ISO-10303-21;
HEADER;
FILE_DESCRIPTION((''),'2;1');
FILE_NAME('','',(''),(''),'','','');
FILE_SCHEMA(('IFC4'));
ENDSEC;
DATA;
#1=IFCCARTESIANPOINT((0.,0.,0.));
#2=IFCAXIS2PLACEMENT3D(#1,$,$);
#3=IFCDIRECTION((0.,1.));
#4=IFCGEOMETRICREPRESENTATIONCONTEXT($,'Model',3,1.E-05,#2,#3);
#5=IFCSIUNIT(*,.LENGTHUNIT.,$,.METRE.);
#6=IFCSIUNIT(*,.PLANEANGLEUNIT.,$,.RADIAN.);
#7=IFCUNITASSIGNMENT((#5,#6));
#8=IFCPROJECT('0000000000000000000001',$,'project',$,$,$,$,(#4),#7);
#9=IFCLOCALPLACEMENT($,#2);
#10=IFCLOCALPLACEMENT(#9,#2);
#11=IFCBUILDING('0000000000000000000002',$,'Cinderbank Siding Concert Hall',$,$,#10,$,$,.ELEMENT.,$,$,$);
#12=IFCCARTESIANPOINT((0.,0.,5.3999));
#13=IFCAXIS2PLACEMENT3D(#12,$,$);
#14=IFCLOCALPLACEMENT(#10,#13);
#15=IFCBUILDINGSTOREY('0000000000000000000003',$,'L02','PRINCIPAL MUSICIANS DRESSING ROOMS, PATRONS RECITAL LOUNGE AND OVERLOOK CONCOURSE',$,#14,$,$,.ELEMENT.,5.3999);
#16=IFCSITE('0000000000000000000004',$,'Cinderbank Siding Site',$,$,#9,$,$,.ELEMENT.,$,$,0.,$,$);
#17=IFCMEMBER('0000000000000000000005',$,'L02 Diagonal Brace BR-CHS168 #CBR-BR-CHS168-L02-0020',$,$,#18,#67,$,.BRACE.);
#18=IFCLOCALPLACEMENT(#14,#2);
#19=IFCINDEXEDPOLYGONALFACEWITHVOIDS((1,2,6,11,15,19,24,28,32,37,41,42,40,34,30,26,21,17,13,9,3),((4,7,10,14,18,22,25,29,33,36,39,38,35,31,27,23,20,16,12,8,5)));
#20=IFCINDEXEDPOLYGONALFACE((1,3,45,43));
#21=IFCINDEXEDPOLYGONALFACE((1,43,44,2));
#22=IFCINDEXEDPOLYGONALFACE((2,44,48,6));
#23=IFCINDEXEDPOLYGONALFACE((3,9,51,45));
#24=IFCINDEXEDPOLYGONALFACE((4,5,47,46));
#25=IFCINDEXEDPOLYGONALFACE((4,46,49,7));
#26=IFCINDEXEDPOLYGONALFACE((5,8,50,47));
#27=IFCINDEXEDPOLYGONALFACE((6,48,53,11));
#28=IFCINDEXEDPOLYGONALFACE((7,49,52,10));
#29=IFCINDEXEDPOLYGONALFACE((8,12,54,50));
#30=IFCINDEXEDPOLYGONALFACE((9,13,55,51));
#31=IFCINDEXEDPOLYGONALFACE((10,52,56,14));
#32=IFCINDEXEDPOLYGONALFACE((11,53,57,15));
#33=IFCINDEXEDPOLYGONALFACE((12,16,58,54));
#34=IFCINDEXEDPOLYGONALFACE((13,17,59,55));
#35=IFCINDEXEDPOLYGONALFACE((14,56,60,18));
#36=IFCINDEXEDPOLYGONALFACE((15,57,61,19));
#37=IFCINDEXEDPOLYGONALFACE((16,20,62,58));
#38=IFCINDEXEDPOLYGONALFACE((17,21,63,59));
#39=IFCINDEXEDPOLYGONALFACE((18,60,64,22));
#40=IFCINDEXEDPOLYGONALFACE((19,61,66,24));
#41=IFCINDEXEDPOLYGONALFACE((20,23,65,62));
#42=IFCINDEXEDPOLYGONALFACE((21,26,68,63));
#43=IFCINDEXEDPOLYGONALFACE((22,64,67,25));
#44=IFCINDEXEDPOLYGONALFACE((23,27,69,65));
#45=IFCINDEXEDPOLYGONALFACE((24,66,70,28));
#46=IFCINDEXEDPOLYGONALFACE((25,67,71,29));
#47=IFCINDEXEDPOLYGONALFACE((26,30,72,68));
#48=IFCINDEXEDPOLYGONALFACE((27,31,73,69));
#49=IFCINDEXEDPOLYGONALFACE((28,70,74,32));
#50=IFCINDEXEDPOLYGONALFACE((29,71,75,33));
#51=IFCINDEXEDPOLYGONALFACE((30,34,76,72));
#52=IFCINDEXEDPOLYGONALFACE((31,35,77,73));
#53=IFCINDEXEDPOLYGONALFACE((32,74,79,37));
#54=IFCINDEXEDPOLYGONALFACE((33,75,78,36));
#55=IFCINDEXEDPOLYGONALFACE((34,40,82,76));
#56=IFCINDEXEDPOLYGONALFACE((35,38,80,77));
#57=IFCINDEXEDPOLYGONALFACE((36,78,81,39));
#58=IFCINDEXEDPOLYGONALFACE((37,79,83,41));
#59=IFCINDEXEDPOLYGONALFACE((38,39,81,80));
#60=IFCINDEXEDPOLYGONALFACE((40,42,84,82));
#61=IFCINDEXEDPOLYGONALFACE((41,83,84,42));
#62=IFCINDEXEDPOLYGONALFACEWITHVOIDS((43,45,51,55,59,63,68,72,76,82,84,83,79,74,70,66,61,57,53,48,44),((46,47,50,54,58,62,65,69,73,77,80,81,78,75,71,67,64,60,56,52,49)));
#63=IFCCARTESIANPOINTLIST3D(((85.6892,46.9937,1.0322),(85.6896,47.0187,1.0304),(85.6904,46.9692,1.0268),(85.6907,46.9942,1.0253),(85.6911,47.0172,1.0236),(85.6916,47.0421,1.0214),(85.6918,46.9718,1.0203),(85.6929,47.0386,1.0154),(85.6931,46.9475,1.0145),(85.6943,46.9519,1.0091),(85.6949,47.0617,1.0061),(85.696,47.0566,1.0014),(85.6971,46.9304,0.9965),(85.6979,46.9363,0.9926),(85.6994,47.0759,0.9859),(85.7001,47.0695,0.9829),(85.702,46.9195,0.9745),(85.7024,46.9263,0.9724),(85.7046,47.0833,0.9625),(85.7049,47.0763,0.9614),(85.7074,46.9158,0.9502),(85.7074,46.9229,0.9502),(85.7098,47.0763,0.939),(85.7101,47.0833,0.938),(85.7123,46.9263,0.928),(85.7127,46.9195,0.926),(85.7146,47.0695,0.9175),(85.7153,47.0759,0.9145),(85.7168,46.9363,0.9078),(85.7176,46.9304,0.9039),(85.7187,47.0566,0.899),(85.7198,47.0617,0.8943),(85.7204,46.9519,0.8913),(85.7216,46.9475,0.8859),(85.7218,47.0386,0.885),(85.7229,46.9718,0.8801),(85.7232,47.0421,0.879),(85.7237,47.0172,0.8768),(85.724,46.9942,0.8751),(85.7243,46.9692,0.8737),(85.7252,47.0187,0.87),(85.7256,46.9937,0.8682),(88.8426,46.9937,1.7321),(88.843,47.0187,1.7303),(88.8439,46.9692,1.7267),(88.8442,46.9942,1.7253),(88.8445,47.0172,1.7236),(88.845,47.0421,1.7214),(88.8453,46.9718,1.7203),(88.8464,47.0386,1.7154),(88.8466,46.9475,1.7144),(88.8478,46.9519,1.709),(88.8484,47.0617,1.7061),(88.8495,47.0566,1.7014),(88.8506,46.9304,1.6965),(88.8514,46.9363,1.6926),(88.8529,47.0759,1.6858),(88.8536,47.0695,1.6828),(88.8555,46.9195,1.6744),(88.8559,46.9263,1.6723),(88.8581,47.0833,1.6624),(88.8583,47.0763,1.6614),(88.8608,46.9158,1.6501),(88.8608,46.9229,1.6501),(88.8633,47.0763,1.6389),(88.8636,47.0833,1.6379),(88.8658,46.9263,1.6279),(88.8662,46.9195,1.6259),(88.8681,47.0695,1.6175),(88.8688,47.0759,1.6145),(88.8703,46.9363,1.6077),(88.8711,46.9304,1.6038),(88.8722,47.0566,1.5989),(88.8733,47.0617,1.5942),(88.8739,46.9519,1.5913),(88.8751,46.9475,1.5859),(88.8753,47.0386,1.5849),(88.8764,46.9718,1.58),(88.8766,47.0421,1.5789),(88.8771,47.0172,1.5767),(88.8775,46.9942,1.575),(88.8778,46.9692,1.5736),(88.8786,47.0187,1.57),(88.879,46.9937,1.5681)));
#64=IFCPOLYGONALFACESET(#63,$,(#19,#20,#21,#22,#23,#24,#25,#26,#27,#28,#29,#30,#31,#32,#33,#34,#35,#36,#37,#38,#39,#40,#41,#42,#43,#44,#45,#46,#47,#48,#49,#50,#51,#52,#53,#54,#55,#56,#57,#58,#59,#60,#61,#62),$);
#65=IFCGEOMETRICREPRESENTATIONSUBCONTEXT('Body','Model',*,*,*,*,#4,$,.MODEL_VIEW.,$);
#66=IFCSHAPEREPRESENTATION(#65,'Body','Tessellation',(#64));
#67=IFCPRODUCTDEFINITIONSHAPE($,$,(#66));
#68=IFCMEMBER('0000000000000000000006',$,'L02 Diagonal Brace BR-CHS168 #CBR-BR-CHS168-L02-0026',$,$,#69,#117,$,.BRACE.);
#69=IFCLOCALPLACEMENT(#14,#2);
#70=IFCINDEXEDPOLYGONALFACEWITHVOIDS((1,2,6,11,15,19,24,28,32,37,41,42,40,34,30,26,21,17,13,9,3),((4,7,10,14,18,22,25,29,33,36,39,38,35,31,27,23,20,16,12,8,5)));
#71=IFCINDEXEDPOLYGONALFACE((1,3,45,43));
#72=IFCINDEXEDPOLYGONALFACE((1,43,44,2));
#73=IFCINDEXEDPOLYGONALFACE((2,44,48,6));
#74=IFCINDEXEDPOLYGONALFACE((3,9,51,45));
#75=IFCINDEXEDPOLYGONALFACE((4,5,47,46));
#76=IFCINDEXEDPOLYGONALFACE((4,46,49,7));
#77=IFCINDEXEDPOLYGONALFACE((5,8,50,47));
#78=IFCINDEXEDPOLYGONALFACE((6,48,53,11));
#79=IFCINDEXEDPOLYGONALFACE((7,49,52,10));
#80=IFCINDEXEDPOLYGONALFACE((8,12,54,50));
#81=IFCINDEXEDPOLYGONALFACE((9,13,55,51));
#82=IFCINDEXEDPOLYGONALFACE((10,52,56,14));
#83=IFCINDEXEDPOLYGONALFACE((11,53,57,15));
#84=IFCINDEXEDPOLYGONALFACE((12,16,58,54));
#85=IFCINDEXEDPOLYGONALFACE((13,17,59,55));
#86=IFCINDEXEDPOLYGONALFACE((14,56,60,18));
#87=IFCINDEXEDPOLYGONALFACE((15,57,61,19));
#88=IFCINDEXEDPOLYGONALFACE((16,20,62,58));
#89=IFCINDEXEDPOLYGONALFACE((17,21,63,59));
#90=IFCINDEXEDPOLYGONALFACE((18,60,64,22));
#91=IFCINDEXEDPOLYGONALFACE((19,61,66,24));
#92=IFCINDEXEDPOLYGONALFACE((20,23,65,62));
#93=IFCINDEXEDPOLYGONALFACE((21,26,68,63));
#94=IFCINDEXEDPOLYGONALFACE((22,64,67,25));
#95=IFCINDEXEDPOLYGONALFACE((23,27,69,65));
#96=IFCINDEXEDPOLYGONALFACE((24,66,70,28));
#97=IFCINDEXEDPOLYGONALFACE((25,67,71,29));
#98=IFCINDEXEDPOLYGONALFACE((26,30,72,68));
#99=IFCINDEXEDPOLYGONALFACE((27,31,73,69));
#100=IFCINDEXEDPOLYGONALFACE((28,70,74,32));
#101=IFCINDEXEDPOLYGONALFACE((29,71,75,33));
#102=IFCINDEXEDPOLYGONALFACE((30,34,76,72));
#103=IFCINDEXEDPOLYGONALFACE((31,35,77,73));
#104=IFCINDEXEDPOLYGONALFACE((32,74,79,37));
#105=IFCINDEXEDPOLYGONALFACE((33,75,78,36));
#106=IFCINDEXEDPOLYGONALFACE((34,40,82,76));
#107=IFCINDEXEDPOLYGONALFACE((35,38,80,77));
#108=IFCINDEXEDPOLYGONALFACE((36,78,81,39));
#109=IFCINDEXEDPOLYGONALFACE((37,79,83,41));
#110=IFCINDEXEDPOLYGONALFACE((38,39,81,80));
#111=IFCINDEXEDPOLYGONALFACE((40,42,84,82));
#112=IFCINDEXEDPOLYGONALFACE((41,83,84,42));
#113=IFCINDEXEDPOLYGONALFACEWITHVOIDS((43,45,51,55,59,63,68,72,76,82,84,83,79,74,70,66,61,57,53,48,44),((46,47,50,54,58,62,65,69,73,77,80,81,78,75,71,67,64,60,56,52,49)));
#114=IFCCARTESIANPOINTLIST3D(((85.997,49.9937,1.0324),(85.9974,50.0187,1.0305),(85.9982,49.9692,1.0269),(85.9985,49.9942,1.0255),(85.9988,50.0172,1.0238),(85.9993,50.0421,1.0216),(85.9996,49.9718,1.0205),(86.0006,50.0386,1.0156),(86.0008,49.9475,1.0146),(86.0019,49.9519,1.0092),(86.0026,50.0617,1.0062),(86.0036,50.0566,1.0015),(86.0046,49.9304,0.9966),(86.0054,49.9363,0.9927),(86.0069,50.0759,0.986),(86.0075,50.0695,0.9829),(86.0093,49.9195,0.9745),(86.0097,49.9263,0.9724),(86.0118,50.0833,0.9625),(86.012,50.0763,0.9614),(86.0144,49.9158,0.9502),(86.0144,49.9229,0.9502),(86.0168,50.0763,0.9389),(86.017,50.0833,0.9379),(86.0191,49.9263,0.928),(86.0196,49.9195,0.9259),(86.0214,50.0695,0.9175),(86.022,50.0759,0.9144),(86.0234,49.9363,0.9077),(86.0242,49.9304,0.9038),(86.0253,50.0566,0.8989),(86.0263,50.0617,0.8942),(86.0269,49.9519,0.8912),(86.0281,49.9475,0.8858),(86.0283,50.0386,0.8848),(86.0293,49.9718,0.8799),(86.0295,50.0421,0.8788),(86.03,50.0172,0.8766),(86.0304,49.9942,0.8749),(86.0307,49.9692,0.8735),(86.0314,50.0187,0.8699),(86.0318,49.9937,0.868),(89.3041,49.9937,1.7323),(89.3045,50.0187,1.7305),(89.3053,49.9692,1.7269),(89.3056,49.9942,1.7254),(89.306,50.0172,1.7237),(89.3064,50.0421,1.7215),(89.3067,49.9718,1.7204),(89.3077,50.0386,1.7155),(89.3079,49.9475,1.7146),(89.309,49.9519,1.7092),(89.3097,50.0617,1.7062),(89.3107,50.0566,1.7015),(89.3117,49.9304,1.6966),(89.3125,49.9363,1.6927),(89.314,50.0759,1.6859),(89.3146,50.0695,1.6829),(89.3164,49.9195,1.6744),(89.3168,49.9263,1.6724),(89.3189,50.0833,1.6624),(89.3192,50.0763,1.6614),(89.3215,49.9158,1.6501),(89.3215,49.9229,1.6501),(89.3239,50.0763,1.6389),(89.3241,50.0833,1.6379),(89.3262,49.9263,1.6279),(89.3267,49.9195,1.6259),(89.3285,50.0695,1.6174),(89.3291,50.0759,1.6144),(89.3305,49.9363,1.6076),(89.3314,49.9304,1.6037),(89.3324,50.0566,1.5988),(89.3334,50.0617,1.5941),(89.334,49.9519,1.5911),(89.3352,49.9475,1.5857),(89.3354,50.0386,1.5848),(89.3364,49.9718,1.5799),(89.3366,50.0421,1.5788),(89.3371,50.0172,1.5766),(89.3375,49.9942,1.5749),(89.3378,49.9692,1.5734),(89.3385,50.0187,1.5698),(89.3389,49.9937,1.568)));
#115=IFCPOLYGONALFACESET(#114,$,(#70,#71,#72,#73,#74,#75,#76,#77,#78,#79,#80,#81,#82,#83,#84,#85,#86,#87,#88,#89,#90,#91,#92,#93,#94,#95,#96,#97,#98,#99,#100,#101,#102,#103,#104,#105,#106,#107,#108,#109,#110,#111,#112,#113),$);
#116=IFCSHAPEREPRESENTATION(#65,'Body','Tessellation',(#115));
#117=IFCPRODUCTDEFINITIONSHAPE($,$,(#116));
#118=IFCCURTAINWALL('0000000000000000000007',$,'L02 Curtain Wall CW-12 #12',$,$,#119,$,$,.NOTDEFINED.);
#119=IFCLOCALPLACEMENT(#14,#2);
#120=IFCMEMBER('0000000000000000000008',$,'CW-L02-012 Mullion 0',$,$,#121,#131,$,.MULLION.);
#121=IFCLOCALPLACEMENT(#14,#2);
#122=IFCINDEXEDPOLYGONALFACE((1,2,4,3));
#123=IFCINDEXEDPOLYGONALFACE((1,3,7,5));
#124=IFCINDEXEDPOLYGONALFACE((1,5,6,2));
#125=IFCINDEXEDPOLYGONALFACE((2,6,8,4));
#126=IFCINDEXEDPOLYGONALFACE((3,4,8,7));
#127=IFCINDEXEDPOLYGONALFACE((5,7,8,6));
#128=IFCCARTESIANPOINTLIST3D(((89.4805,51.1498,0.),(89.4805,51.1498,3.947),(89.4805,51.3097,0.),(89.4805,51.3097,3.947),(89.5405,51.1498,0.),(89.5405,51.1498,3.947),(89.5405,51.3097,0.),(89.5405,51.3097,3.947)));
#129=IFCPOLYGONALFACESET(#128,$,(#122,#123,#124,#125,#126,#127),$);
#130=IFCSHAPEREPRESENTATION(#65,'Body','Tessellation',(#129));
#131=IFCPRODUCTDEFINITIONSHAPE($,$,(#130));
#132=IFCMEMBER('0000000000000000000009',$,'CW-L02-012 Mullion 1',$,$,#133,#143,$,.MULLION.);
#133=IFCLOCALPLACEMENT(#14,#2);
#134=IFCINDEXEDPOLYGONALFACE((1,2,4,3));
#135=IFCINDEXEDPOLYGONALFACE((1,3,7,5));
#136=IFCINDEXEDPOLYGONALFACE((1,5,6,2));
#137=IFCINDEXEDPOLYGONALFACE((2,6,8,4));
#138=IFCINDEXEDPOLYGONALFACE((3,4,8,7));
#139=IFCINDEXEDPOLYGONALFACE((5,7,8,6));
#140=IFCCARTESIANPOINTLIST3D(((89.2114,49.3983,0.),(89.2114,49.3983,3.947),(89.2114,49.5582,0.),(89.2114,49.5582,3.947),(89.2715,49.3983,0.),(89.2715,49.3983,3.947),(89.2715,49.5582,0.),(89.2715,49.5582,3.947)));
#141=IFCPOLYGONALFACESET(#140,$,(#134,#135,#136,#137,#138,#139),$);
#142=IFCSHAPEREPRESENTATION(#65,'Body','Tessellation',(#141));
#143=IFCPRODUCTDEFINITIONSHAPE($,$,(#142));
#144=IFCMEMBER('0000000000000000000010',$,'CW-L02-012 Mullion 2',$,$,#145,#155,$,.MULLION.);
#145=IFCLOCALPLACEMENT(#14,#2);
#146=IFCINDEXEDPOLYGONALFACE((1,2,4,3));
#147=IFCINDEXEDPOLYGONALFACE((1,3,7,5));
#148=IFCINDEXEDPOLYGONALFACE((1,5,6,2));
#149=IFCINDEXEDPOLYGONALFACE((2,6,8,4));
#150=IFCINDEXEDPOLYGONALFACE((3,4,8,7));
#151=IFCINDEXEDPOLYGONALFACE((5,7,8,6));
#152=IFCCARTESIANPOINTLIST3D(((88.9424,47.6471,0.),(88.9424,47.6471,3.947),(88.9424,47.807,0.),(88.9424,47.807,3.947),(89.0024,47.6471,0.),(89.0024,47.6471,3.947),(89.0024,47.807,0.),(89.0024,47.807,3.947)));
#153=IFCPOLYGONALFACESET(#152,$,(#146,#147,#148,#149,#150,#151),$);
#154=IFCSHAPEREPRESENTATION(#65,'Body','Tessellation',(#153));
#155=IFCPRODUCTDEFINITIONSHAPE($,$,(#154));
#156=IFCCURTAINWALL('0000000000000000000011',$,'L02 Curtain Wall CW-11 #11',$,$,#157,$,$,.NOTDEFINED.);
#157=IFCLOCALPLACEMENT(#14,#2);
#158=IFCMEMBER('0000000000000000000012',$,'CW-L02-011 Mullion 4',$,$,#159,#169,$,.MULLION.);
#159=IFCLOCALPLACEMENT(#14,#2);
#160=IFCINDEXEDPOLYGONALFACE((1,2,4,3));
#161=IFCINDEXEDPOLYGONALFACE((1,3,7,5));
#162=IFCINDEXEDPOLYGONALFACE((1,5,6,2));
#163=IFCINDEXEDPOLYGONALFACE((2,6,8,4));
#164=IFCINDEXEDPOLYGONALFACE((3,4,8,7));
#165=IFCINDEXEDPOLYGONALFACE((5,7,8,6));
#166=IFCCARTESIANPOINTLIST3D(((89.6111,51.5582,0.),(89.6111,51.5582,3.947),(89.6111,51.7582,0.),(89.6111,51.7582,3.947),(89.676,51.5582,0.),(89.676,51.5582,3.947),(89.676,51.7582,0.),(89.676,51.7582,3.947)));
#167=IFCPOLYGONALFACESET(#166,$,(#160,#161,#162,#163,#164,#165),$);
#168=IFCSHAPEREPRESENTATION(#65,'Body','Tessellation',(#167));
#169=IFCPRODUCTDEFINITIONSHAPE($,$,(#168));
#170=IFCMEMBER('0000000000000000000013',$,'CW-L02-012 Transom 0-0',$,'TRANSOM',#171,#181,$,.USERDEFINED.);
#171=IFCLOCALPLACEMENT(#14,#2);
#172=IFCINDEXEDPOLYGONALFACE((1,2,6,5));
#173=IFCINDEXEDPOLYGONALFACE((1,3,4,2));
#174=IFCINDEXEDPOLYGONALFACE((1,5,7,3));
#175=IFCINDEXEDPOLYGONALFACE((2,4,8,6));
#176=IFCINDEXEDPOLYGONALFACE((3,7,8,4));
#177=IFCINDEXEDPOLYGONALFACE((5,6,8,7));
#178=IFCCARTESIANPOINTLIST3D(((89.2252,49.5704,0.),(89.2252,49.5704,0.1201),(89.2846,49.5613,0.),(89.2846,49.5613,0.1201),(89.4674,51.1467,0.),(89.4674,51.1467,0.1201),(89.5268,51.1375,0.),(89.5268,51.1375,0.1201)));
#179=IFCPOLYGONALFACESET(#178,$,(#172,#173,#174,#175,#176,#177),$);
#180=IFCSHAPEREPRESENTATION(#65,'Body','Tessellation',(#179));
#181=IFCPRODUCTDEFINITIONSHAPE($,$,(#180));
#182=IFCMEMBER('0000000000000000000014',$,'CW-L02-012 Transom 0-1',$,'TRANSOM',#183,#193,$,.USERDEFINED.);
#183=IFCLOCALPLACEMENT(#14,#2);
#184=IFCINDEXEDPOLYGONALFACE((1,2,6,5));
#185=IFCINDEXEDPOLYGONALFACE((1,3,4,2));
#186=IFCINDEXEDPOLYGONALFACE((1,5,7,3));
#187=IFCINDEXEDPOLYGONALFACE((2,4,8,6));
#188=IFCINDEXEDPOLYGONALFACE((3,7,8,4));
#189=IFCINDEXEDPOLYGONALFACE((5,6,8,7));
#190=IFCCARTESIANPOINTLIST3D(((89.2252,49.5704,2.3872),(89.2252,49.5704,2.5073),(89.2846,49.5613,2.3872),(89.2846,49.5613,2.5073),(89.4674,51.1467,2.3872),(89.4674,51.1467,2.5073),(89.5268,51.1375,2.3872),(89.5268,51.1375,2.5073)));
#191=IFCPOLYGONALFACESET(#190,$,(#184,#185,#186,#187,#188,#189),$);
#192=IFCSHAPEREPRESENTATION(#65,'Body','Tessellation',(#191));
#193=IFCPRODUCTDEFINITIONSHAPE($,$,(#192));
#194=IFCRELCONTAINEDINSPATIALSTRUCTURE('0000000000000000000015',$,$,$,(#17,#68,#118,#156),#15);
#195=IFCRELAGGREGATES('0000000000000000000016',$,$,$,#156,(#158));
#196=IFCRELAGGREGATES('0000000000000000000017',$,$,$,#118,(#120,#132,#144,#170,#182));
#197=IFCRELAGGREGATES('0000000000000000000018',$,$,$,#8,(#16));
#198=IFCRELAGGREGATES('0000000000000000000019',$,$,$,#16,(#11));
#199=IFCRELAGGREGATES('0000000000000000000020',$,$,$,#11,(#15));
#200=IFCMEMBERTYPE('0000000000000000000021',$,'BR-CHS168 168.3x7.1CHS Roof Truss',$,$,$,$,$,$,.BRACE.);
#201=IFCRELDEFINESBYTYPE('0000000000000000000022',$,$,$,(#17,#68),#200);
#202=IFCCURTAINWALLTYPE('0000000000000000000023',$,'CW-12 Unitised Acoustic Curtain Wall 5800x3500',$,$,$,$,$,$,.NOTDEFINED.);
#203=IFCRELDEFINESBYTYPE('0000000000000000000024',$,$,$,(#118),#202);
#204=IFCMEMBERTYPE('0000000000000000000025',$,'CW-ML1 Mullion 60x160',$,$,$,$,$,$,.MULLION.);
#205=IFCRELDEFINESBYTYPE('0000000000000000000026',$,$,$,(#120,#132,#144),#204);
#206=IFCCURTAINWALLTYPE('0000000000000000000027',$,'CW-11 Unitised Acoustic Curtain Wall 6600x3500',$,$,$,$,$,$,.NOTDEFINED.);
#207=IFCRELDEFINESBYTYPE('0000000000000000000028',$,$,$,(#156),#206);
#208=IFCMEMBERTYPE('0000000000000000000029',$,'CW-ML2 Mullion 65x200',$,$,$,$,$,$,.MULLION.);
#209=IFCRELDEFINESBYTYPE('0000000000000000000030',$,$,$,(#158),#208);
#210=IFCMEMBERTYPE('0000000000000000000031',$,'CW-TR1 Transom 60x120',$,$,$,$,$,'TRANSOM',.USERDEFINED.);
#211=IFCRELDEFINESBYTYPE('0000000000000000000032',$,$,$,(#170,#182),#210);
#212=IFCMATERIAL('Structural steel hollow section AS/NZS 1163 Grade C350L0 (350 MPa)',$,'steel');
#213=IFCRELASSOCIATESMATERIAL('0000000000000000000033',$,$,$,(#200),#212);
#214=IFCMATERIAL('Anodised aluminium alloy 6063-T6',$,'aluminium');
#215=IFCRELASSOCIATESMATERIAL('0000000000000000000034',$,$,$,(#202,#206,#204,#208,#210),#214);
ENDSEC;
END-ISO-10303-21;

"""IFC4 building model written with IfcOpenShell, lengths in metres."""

from ifc_helpers import new_model, si_unit, direction, frame, origin, origin_2d, place, context, subcontext, project, spatial, rectangle, hollow_circle, extrude, material, material_profile, profile_set, type_object, element, aggregate, save


model = new_model("IFC4")

# Units and contexts
model_context = context("Model", 3, precision=1e-05, world=origin(), true_north=direction((0.0, 1.0)))
body_context = subcontext(model_context, "Body", "Model", "MODEL_VIEW")
ifc_project = project(units=[si_unit("LENGTHUNIT", "METRE"), si_unit("PLANEANGLEUNIT", "RADIAN")], contexts=[model_context])

# Site, building, storey
site_placement = place(None, origin())
site = spatial("IfcSite", under=ifc_project, at=site_placement, Name="Cinderbank Siding Site", CompositionType="ELEMENT", RefElevation=0.0)
building_placement = place(site_placement, origin())
building = spatial("IfcBuilding", under=site, at=building_placement, Name="Cinderbank Siding Concert Hall", CompositionType="ELEMENT")
storey_placement = place(building_placement, frame((0.0, 0.0, 5.3999)))
storey = spatial("IfcBuildingStorey", under=building, at=storey_placement, Name="L02", Description="PRINCIPAL MUSICIANS DRESSING ROOMS, PATRONS RECITAL LOUNGE AND OVERLOOK CONCOURSE", CompositionType="ELEMENT", Elevation=5.3999)

# Shared definitions
ifc_material_1 = material(Name="Structural steel hollow section AS/NZS 1163 Grade C350L0 (350 MPa)", Category="steel")

# Members
ifc_material_profile_1 = material_profile(ifc_material_1, hollow_circle(Radius=0.0842, WallThickness=0.0071, at=origin_2d()), Name="168.3x7.1CHS", Category="LoadBearing")
ifc_profile_set_1 = profile_set([ifc_material_profile_1], Name="Structural steel hollow section AS/NZS 1163 Grade C350L0 (350 MPa)")
member_type_1 = type_object("IfcMemberType", Name="BR-CHS168 168.3x7.1CHS Roof Truss", PredefinedType="BRACE", material=ifc_profile_set_1)
member_1_placement = place(storey_placement, frame((88.8608, 47.0, 1.6501), z_axis=(-0.976242, 0.0, -0.216682), x_axis=(0.0, -1.0, 0.0)))
element("IfcMember", 1, at=member_1_placement, inside=storey, type_object=member_type_1, Name="L02 Diagonal Brace BR-CHS168 #CBR-BR-CHS168-L02-0020", PredefinedType="BRACE", context=body_context, shape_type="SweptSolid", body=[
    extrude(hollow_circle(Radius=0.0842, WallThickness=0.0071, at=origin_2d()), origin(), (0.0, 0.0, 1.0), 3.2302),
])
member_2_placement = place(storey_placement, frame((89.3215, 50.0, 1.6501), z_axis=(-0.978328, 0.0, -0.207062), x_axis=(0.0, -1.0, 0.0)))
element("IfcMember", 2, at=member_2_placement, inside=storey, type_object=member_type_1, Name="L02 Diagonal Brace BR-CHS168 #CBR-BR-CHS168-L02-0026", PredefinedType="BRACE", context=body_context, shape_type="SweptSolid", body=[
    extrude(hollow_circle(Radius=0.0842, WallThickness=0.0071, at=origin_2d()), origin(), (0.0, 0.0, 1.0), 3.3804),
])

# Curtain wall, members
ifc_material_2 = material(Name="Anodised aluminium alloy 6063-T6", Category="aluminium")
curtain_wall_type_1 = type_object("IfcCurtainWallType", Name="CW-12 Unitised Acoustic Curtain Wall 5800x3500", PredefinedType="NOTDEFINED", material=ifc_material_2)
curtain_wall_1_placement = place(storey_placement, origin())
curtain_wall_1 = element("IfcCurtainWall", 3, at=curtain_wall_1_placement, inside=storey, type_object=curtain_wall_type_1, Name="L02 Curtain Wall CW-12 #12", PredefinedType="NOTDEFINED")
ifc_material_profile_2 = material_profile(ifc_material_2, rectangle(XDim=0.0601, YDim=0.1599, at=origin_2d()), Name="ALU-MULL-60x160", Category="LoadBearing")
ifc_profile_set_2 = profile_set([ifc_material_profile_2], Name="Anodised aluminium alloy 6063-T6")
member_type_2 = type_object("IfcMemberType", Name="CW-ML1 Mullion 60x160", PredefinedType="MULLION", material=ifc_profile_set_2)
member_3_placement = place(storey_placement, frame((89.5105, 51.2297, 0.0), z_axis=(0.0, 0.0, 1.0), x_axis=(1.0, 0.0, 0.0)))
member_3 = element("IfcMember", 4, at=member_3_placement, type_object=member_type_2, Name="CW-L02-012 Mullion 0", PredefinedType="MULLION", context=body_context, shape_type="SweptSolid", body=[
    extrude(rectangle(XDim=0.0601, YDim=0.1599, at=origin_2d()), origin(), (0.0, 0.0, 1.0), 3.947),
])
member_4_placement = place(storey_placement, frame((89.2415, 49.4783, 0.0), z_axis=(0.0, 0.0, 1.0), x_axis=(1.0, 0.0, 0.0)))
member_4 = element("IfcMember", 5, at=member_4_placement, type_object=member_type_2, Name="CW-L02-012 Mullion 1", PredefinedType="MULLION", context=body_context, shape_type="SweptSolid", body=[
    extrude(rectangle(XDim=0.0601, YDim=0.1599, at=origin_2d()), origin(), (0.0, 0.0, 1.0), 3.947),
])
member_5_placement = place(storey_placement, frame((88.9724, 47.7271, 0.0), z_axis=(0.0, 0.0, 1.0), x_axis=(1.0, 0.0, 0.0)))
member_5 = element("IfcMember", 6, at=member_5_placement, type_object=member_type_2, Name="CW-L02-012 Mullion 2", PredefinedType="MULLION", context=body_context, shape_type="SweptSolid", body=[
    extrude(rectangle(XDim=0.0601, YDim=0.1599, at=origin_2d()), origin(), (0.0, 0.0, 1.0), 3.947),
])

# Curtain wall, member
curtain_wall_type_2 = type_object("IfcCurtainWallType", Name="CW-11 Unitised Acoustic Curtain Wall 6600x3500", PredefinedType="NOTDEFINED", material=ifc_material_2)
curtain_wall_2_placement = place(storey_placement, origin())
curtain_wall_2 = element("IfcCurtainWall", 7, at=curtain_wall_2_placement, inside=storey, type_object=curtain_wall_type_2, Name="L02 Curtain Wall CW-11 #11", PredefinedType="NOTDEFINED")
ifc_material_profile_3 = material_profile(ifc_material_2, rectangle(XDim=0.0649, YDim=0.2, at=origin_2d()), Name="ALU-MULL-65x200", Category="LoadBearing")
ifc_profile_set_3 = profile_set([ifc_material_profile_3], Name="Anodised aluminium alloy 6063-T6")
member_type_3 = type_object("IfcMemberType", Name="CW-ML2 Mullion 65x200", PredefinedType="MULLION", material=ifc_profile_set_3)
member_6_placement = place(storey_placement, frame((89.6436, 51.6582, 0.0), z_axis=(0.0, 0.0, 1.0), x_axis=(1.0, 0.0, 0.0)))
member_6 = element("IfcMember", 8, at=member_6_placement, type_object=member_type_3, Name="CW-L02-011 Mullion 4", PredefinedType="MULLION", context=body_context, shape_type="SweptSolid", body=[
    extrude(rectangle(XDim=0.0649, YDim=0.2, at=origin_2d()), origin(), (0.0, 0.0, 1.0), 3.947),
])

# Members
ifc_material_profile_4 = material_profile(ifc_material_2, rectangle(XDim=0.0601, YDim=0.1201, at=origin_2d()), Name="ALU-TRAN-60x120", Category="LoadBearing")
ifc_profile_set_4 = profile_set([ifc_material_profile_4], Name="Anodised aluminium alloy 6063-T6")
member_type_4 = type_object("IfcMemberType", Name="CW-TR1 Transom 60x120", ElementType="TRANSOM", PredefinedType="USERDEFINED", material=ifc_profile_set_4)
member_7_placement = place(storey_placement, frame((89.4971, 51.1421, 0.0601), z_axis=(-0.151873, -0.9884, 0.0), x_axis=(0.9884, -0.151873, 0.0)))
member_7 = element("IfcMember", 9, at=member_7_placement, type_object=member_type_4, Name="CW-L02-012 Transom 0-0", ObjectType="TRANSOM", PredefinedType="USERDEFINED", context=body_context, shape_type="SweptSolid", body=[
    extrude(rectangle(XDim=0.0601, YDim=0.1201, at=origin_2d()), origin(), (0.0, 0.0, 1.0), 1.5947),
])
member_8_placement = place(storey_placement, frame((89.4971, 51.1421, 2.4473), z_axis=(-0.151873, -0.9884, 0.0), x_axis=(0.9884, -0.151873, 0.0)))
member_8 = element("IfcMember", 10, at=member_8_placement, type_object=member_type_4, Name="CW-L02-012 Transom 0-1", ObjectType="TRANSOM", PredefinedType="USERDEFINED", context=body_context, shape_type="SweptSolid", body=[
    extrude(rectangle(XDim=0.0601, YDim=0.1201, at=origin_2d()), origin(), (0.0, 0.0, 1.0), 1.5947),
])

aggregate(curtain_wall_2, [member_6])
aggregate(curtain_wall_1, [member_3, member_4, member_5, member_7, member_8])

save(model, "model.ifc")
